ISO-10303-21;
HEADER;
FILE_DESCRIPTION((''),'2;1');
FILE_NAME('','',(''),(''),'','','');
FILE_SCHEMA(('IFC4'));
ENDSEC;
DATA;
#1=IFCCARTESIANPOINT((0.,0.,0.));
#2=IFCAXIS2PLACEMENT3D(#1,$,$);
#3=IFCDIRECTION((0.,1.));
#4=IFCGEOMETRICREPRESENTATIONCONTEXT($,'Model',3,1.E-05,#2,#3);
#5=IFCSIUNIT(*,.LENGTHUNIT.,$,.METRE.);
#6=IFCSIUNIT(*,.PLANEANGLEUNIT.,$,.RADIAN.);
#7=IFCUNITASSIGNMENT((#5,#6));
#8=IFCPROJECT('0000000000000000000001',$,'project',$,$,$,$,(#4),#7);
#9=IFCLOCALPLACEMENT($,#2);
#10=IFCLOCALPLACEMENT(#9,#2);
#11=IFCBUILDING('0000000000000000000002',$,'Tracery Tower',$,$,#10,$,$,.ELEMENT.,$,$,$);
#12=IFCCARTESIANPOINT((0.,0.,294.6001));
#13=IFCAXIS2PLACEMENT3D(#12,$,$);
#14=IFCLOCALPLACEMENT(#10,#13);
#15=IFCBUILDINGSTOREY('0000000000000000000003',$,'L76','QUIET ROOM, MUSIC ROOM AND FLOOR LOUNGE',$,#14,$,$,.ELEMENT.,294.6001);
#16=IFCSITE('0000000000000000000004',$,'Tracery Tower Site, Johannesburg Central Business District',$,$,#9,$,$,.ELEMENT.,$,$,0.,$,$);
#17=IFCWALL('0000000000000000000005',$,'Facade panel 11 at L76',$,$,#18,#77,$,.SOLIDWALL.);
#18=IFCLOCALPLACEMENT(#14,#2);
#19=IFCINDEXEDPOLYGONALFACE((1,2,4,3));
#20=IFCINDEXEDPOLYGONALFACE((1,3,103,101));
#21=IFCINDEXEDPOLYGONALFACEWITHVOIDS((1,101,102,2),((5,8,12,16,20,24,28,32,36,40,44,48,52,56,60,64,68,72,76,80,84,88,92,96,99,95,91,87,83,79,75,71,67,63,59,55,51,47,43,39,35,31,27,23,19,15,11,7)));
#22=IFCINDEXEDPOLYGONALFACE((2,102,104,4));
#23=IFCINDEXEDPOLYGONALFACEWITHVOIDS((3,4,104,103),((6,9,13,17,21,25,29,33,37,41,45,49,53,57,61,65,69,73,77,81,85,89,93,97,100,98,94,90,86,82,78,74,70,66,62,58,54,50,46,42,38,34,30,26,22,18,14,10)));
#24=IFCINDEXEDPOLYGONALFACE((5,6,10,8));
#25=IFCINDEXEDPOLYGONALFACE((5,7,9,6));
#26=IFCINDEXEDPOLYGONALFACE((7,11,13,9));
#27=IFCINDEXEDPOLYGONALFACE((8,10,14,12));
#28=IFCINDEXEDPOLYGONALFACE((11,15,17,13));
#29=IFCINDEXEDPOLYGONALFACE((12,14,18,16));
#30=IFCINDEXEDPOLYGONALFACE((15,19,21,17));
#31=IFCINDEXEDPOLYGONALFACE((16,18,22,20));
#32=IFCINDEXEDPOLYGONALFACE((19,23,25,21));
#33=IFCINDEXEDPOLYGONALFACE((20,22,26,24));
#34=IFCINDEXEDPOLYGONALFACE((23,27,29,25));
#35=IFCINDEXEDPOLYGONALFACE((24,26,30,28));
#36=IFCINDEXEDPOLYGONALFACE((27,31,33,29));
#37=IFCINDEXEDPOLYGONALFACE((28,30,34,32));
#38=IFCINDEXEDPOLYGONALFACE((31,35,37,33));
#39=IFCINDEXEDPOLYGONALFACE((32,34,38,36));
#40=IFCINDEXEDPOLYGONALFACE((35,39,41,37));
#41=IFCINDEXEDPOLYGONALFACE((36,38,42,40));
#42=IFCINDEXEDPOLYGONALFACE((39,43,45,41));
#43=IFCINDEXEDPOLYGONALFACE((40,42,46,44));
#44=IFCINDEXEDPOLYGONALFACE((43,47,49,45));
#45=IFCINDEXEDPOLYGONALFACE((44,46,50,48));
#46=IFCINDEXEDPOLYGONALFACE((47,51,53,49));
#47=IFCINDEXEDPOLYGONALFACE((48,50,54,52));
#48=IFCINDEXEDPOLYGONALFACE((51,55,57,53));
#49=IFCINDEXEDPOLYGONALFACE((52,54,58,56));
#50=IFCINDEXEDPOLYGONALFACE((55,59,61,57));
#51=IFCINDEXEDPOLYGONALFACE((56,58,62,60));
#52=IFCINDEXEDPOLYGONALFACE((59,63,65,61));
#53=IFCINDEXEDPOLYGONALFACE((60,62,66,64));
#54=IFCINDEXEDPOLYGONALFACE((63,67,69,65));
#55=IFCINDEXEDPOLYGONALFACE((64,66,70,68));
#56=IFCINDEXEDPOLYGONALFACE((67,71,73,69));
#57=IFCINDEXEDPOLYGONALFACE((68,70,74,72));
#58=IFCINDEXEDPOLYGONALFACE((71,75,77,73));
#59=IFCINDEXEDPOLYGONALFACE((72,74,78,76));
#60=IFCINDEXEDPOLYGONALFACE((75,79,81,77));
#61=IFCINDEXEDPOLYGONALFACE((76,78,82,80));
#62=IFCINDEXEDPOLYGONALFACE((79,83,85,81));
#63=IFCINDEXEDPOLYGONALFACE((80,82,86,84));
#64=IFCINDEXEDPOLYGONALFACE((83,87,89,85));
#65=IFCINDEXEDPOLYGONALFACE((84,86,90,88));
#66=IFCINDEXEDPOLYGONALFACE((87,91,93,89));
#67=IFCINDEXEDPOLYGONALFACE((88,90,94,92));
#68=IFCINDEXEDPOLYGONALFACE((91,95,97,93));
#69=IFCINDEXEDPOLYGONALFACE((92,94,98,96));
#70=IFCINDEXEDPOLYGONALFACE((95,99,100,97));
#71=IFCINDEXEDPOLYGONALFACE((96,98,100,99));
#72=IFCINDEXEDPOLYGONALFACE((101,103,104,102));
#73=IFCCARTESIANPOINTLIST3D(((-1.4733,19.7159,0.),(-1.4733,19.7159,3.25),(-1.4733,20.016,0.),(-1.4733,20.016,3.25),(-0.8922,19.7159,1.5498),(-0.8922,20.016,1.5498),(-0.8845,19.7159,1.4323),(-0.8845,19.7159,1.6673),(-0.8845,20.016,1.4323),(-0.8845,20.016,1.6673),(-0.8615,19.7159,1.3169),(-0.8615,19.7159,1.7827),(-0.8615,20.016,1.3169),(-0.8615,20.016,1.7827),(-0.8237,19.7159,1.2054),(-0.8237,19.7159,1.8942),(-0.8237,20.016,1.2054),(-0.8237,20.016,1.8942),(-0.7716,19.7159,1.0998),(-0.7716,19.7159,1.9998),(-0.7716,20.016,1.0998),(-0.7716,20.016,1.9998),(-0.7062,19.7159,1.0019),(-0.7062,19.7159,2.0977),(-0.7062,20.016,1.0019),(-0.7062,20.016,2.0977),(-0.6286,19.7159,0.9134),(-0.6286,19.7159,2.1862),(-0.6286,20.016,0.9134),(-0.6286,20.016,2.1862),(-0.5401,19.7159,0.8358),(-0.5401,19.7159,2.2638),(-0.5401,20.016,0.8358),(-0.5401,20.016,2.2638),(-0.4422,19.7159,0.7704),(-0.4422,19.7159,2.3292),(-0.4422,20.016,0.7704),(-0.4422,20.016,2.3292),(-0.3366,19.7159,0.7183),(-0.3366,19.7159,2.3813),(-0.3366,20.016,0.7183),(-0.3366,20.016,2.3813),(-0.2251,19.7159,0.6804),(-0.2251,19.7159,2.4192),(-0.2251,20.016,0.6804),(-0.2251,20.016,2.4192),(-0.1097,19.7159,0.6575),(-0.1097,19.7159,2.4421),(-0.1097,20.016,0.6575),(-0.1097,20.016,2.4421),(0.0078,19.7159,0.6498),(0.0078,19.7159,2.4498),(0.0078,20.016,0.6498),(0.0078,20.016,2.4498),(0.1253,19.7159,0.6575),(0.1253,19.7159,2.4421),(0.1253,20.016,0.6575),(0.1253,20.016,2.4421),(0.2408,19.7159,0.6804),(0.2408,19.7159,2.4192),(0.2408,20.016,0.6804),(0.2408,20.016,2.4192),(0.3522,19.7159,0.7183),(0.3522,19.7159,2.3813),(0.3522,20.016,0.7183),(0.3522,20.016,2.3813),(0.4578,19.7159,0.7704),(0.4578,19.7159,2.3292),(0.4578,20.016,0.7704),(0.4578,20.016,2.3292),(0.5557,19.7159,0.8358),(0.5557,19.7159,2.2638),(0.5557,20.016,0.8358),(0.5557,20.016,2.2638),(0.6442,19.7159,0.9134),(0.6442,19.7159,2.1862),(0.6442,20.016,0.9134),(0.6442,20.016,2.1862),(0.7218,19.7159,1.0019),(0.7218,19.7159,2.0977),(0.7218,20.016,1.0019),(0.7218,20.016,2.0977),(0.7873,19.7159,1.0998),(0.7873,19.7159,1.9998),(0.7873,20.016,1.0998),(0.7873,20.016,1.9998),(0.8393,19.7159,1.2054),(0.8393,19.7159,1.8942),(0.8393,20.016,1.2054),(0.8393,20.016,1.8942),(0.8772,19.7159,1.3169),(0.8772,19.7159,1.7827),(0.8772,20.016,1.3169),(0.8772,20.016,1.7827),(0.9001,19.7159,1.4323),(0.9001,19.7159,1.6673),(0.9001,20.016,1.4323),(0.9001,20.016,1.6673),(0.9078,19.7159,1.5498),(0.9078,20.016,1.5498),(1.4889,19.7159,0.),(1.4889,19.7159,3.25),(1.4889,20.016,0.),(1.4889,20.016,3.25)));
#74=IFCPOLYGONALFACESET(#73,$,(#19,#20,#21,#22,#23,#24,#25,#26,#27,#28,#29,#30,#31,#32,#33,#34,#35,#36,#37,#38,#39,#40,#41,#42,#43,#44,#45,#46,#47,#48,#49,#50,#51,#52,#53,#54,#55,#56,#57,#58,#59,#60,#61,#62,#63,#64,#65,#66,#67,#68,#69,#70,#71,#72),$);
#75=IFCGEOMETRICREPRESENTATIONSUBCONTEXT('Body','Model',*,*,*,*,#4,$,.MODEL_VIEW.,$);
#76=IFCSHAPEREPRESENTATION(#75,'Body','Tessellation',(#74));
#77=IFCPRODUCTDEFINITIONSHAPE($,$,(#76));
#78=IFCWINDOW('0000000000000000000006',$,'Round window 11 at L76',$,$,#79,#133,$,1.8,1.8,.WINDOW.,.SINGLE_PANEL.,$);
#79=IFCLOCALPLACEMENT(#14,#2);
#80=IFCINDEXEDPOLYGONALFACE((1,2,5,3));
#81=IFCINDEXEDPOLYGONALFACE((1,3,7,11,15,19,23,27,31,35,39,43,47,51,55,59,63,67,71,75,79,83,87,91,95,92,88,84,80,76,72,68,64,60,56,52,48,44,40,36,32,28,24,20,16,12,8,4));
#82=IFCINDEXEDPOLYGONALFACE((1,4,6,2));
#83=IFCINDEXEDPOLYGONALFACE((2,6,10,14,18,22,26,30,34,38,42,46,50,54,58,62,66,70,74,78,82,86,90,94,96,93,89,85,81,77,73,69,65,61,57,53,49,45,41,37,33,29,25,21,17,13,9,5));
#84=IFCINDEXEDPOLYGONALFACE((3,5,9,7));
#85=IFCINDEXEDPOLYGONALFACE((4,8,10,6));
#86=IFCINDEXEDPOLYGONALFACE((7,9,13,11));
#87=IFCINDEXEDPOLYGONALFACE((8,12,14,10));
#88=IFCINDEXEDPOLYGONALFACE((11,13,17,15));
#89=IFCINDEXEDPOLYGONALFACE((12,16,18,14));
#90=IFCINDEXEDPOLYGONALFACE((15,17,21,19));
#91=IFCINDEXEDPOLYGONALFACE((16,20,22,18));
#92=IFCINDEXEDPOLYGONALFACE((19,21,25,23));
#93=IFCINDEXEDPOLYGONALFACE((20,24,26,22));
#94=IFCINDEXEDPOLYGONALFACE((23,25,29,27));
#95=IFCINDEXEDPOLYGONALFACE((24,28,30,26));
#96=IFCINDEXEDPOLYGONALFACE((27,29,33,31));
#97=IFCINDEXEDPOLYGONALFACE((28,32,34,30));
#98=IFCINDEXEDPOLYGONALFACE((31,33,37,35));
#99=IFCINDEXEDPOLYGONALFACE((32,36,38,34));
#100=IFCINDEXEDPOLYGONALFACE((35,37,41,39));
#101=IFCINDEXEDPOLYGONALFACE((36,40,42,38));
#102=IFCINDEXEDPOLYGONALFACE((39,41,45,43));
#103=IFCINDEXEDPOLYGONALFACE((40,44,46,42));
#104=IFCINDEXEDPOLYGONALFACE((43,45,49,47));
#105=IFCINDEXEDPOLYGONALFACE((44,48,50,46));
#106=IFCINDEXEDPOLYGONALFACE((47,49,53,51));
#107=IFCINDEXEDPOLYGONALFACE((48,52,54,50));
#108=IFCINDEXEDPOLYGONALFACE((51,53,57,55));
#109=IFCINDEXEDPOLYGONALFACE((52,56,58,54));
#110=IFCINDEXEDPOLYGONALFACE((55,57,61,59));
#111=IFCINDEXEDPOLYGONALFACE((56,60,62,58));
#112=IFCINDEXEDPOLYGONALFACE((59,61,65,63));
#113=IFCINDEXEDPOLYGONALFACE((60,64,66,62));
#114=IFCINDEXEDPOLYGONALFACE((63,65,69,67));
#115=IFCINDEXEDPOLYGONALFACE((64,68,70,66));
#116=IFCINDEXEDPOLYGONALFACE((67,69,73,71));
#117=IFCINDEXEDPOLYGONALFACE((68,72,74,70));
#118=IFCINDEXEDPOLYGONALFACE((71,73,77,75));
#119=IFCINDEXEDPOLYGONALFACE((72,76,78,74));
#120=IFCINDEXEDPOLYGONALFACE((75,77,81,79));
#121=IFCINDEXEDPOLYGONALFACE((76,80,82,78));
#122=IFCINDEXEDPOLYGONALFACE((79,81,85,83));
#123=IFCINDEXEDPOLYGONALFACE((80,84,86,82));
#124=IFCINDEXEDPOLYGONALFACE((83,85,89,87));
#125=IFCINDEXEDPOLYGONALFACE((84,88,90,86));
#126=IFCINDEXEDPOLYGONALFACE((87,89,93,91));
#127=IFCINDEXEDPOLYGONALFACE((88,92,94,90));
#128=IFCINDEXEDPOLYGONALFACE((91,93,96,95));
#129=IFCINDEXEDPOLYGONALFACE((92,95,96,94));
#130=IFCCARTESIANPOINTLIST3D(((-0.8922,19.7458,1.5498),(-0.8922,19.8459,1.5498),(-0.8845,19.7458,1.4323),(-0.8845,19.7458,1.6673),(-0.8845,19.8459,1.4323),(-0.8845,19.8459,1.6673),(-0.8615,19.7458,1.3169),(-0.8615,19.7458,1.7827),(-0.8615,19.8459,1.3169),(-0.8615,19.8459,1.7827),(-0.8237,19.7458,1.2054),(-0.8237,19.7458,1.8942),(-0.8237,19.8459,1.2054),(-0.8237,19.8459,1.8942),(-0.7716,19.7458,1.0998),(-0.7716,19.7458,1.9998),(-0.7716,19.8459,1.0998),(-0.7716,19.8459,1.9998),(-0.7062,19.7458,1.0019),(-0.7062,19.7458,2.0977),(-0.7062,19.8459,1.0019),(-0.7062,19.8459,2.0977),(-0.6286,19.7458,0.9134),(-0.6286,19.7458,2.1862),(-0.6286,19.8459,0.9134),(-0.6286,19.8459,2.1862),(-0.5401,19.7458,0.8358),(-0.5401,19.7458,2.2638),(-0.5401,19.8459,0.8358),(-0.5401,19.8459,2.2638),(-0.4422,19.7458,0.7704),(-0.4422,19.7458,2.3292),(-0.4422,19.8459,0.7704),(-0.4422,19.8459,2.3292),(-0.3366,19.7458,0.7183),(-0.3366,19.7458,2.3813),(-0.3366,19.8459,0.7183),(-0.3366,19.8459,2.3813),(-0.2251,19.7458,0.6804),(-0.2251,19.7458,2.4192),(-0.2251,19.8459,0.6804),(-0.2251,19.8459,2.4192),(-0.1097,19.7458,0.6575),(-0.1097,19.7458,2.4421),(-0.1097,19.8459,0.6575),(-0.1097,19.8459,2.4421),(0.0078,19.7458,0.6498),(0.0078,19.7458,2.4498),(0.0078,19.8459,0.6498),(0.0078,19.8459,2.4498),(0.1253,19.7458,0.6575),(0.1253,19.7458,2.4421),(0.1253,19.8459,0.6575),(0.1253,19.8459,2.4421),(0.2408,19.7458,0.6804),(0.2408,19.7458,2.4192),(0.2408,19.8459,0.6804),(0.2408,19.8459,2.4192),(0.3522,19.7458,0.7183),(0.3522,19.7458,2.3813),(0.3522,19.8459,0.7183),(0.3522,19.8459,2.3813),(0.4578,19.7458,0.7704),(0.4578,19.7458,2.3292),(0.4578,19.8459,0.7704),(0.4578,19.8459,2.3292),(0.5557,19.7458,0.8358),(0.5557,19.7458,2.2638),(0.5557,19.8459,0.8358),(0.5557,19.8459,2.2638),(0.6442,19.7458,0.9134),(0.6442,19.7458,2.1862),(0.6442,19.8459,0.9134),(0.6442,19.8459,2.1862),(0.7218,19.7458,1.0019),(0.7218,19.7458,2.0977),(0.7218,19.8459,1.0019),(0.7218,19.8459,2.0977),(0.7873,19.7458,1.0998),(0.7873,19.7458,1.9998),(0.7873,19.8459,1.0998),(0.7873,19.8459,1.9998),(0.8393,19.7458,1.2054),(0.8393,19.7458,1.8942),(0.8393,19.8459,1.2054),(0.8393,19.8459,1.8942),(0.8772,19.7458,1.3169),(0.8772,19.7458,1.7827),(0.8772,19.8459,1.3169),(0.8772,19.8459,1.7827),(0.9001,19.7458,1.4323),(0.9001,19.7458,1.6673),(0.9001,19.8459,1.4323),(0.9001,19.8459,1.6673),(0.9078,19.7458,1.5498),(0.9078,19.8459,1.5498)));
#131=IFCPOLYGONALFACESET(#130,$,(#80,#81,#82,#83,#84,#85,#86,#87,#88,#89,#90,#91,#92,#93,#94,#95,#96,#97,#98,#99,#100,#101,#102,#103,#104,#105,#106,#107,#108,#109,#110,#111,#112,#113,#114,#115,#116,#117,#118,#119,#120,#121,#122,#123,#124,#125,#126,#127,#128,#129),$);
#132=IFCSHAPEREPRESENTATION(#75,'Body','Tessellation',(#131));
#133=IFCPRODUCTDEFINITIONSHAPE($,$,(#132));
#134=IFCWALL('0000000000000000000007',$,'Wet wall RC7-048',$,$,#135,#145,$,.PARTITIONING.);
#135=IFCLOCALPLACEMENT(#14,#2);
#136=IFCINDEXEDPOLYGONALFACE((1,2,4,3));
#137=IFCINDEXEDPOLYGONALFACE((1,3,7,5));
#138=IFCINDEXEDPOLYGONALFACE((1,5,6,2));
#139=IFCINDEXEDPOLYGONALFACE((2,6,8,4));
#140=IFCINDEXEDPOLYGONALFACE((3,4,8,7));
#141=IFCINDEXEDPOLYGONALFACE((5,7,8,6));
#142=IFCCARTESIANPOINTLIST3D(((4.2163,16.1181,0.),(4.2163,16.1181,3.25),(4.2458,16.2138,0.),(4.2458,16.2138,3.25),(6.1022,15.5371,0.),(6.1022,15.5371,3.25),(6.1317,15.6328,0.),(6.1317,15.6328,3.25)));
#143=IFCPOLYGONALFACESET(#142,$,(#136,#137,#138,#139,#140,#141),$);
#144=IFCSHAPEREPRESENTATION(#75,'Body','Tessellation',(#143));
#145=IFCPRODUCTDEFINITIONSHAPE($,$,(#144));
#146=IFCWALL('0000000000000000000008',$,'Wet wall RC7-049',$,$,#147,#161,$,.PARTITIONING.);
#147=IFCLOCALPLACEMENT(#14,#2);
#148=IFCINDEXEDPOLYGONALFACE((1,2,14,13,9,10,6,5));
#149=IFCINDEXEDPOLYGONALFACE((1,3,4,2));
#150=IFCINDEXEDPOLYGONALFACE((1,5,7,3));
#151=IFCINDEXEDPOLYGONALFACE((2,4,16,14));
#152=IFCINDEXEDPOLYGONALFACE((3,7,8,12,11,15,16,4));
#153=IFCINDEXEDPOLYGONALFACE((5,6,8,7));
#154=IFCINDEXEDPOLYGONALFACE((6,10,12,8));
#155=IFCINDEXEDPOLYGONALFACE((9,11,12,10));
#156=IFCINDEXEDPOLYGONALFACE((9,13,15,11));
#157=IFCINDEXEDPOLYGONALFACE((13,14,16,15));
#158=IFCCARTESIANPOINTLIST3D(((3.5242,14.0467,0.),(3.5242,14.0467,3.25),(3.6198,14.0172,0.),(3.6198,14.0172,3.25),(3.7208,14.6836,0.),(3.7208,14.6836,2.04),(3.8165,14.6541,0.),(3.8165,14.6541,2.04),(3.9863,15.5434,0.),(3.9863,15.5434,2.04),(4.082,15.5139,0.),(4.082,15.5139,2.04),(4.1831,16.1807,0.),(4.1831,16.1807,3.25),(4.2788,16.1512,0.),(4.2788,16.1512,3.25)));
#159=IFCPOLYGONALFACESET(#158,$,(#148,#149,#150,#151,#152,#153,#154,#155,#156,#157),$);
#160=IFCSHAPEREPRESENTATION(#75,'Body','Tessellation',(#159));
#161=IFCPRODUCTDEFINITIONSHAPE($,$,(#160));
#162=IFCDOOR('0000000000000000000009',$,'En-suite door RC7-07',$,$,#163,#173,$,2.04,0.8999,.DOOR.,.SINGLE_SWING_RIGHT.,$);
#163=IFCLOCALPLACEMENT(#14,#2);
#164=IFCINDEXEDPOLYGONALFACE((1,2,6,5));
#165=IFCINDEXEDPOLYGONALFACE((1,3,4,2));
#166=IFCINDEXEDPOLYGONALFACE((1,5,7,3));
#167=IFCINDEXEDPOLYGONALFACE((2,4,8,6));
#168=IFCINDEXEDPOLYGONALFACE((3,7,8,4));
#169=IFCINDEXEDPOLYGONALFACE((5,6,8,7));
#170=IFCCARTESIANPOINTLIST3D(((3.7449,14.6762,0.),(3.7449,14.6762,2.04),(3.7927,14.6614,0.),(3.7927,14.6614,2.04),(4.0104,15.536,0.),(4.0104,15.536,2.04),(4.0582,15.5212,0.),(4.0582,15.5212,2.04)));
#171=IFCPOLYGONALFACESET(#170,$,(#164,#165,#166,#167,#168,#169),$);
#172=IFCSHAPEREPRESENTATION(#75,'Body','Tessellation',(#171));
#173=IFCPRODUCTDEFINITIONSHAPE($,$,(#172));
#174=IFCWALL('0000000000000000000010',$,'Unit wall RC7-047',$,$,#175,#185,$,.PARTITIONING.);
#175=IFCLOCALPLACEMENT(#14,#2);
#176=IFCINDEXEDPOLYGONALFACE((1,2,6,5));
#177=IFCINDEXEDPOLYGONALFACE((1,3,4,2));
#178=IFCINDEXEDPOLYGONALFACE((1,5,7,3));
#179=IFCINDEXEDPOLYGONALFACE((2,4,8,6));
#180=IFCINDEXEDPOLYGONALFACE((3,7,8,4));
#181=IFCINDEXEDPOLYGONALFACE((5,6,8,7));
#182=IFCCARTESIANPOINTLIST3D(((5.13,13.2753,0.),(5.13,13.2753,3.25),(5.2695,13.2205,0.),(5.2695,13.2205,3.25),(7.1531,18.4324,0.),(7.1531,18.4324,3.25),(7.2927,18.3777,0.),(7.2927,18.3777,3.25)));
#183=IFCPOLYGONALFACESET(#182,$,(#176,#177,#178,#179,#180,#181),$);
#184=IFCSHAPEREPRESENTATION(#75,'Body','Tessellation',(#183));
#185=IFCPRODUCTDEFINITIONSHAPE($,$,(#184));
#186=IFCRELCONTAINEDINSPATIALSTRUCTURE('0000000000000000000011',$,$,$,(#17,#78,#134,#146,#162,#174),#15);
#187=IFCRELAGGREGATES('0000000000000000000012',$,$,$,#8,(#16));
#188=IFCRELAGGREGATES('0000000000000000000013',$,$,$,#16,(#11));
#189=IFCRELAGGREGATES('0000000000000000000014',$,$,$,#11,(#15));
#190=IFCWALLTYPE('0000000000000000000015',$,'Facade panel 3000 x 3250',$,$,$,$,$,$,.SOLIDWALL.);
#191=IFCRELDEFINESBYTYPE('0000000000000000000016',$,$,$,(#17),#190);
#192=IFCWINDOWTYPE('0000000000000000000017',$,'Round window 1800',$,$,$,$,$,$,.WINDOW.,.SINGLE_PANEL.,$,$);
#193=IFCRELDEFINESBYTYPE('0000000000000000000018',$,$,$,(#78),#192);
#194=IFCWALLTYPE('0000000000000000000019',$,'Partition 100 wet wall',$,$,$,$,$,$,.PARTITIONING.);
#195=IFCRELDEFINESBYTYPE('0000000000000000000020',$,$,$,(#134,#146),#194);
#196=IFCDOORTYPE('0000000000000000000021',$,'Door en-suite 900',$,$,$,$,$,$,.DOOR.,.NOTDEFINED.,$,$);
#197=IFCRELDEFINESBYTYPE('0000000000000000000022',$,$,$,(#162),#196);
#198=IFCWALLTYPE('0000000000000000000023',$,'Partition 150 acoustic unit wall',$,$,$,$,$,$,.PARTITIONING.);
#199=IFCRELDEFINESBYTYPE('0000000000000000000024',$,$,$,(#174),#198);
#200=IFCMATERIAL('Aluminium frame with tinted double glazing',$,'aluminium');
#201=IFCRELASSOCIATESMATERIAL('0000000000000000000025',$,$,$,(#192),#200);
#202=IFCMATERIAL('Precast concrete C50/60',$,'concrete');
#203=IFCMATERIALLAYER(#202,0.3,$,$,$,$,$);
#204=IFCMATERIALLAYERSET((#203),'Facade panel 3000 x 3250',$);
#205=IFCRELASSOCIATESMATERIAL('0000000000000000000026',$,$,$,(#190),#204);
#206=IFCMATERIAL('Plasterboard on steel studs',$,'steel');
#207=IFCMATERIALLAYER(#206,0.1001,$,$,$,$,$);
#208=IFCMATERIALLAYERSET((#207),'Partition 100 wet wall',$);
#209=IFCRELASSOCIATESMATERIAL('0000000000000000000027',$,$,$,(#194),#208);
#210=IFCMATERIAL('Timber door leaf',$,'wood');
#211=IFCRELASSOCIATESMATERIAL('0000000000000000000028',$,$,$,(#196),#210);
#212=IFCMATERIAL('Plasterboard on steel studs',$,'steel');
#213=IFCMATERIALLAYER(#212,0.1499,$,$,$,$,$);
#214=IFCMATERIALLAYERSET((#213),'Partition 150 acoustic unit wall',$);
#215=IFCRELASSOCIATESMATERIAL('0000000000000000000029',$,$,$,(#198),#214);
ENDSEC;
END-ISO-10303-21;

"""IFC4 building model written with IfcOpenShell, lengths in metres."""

from ifc_helpers import new_model, si_unit, direction, frame, frame_2d, origin, origin_2d, place, context, subcontext, project, spatial, rectangle, circle, extrude, material, layer, layer_set, type_object, element, fill, save


model = new_model("IFC4")

# Units and contexts
model_context = context("Model", 3, precision=1e-05, world=origin(), true_north=direction((0.0, 1.0)))
body_context = subcontext(model_context, "Body", "Model", "MODEL_VIEW")
ifc_project = project(units=[si_unit("LENGTHUNIT", "METRE"), si_unit("PLANEANGLEUNIT", "RADIAN")], contexts=[model_context])

# Site, building, storey
site_placement = place(None, origin())
site = spatial("IfcSite", under=ifc_project, at=site_placement, Name="Tracery Tower Site, Johannesburg Central Business District", CompositionType="ELEMENT", RefElevation=0.0)
building_placement = place(site_placement, origin())
building = spatial("IfcBuilding", under=site, at=building_placement, Name="Tracery Tower", CompositionType="ELEMENT")
storey_placement = place(building_placement, frame((0.0, 0.0, 294.6001)))
storey = spatial("IfcBuildingStorey", under=building, at=storey_placement, Name="L76", Description="QUIET ROOM, MUSIC ROOM AND FLOOR LOUNGE", CompositionType="ELEMENT", Elevation=294.6001)

# Wall, opening, window
ifc_material_1 = material(Name="Aluminium frame with tinted double glazing", Category="aluminium")
window_type = type_object("IfcWindowType", Name="Round window 1800", PartitioningType="SINGLE_PANEL", PredefinedType="WINDOW", material=ifc_material_1)
ifc_material_2 = material(Name="Precast concrete C50/60", Category="concrete")
ifc_layer_1 = layer(ifc_material_2, 0.3)
ifc_layer_set_1 = layer_set([ifc_layer_1], Name="Facade panel 3000 x 3250")
wall_type_1 = type_object("IfcWallType", Name="Facade panel 3000 x 3250", PredefinedType="SOLIDWALL", material=ifc_layer_set_1)
wall_1_placement = place(storey_placement, frame((1.4888, 19.866, 0.0), z_axis=(0.0, 0.0, 1.0), x_axis=(-1.0, 0.0, 0.0)))
wall_1 = element("IfcWall", 1, at=wall_1_placement, inside=storey, type_object=wall_type_1, Name="Facade panel 11 at L76", PredefinedType="SOLIDWALL", context=body_context, shape_type="SweptSolid", body=[
    extrude(rectangle(XDim=2.9622, YDim=0.3, at=frame_2d((1.481, 0.0))), origin(), (0.0, 0.0, 1.0), 3.25),
])
opening_1_placement = place(wall_1_placement, frame((1.481, 0.0, 1.5498)))
opening_1 = element("IfcOpeningElement", 2, at=opening_1_placement, cuts=wall_1, PredefinedType="OPENING", context=body_context, shape_type="SweptSolid", body=[
    extrude(circle(Radius=0.9, at=origin_2d()), frame((0.0, 0.1599, 0.0), z_axis=(0.0, -1.0, 0.0), x_axis=(1.0, 0.0, 0.0)), (0.0, 0.0, 1.0), 0.3201),
])
window_1_placement = place(opening_1_placement, origin())
window_1 = element("IfcWindow", 3, at=window_1_placement, inside=storey, type_object=window_type, Name="Round window 11 at L76", OverallHeight=1.8, OverallWidth=1.8, PartitioningType="SINGLE_PANEL", PredefinedType="WINDOW", context=body_context, shape_type="SweptSolid", body=[
    extrude(circle(Radius=0.9, at=origin_2d()), frame((0.0, 0.1201, 0.0), z_axis=(0.0, -1.0, 0.0), x_axis=(1.0, 0.0, 0.0)), (0.0, 0.0, 1.0), 0.1001),
])
fill(opening_1, window_1)

# Wall
ifc_material_3 = material(Name="Plasterboard on steel studs", Category="steel")
ifc_layer_2 = layer(ifc_material_3, 0.1001)
ifc_layer_set_2 = layer_set([ifc_layer_2], Name="Partition 100 wet wall")
wall_type_2 = type_object("IfcWallType", Name="Partition 100 wet wall", PredefinedType="PARTITIONING", material=ifc_layer_set_2)
wall_2_placement = place(storey_placement, frame((4.231, 16.166, 0.0), z_axis=(0.0, 0.0, 1.0), x_axis=(0.955672, -0.294434, 0.0)))
element("IfcWall", 4, at=wall_2_placement, inside=storey, type_object=wall_type_2, Name="Wet wall RC7-048", PredefinedType="PARTITIONING", context=body_context, shape_type="SweptSolid", body=[
    extrude(rectangle(XDim=1.9734, YDim=0.1001, at=frame_2d((0.9868, 0.0))), origin(), (0.0, 0.0, 1.0), 3.25),
])

# Wall, opening, door
wall_3_placement = place(storey_placement, frame((3.572, 14.032, 0.0), z_axis=(0.0, 0.0, 1.0), x_axis=(0.295031, 0.955488, 0.0)))
wall_3 = element("IfcWall", 5, at=wall_3_placement, inside=storey, type_object=wall_type_2, Name="Wet wall RC7-049", PredefinedType="PARTITIONING", context=body_context, shape_type="SweptSolid", body=[
    extrude(rectangle(XDim=2.2334, YDim=0.1001, at=frame_2d((1.1167, 0.0))), origin(), (0.0, 0.0, 1.0), 3.25),
])
opening_2_placement = place(wall_3_placement, frame((0.6665, 0.0, 0.0)))
opening_2 = element("IfcOpeningElement", 6, at=opening_2_placement, cuts=wall_3, PredefinedType="OPENING", context=body_context, shape_type="SweptSolid", body=[
    extrude(rectangle(XDim=0.8999, YDim=2.04, at=frame_2d((0.45, 1.02))), frame((0.0, 0.05, 0.0), z_axis=(0.0, -1.0, 0.0), x_axis=(1.0, 0.0, 0.0)), (0.0, 0.0, 1.0), 0.1001),
])
ifc_material_4 = material(Name="Timber door leaf", Category="wood")
door_type_1 = type_object("IfcDoorType", Name="Door en-suite 900", OperationType="NOTDEFINED", PredefinedType="DOOR", material=ifc_material_4)
door_1_placement = place(opening_2_placement, origin())
door_1 = element("IfcDoor", 7, at=door_1_placement, inside=storey, type_object=door_type_1, Name="En-suite door RC7-07", OperationType="SINGLE_SWING_RIGHT", OverallHeight=2.04, OverallWidth=0.8999, PredefinedType="DOOR", context=body_context, shape_type="SweptSolid", body=[
    extrude(rectangle(XDim=0.8999, YDim=2.04, at=frame_2d((0.45, 1.02))), frame((0.0, 0.0249, 0.0), z_axis=(0.0, -1.0, 0.0), x_axis=(1.0, 0.0, 0.0)), (0.0, 0.0, 1.0), 0.05),
])
fill(opening_2, door_1)

# Wall
ifc_material_5 = material(Name="Plasterboard on steel studs", Category="steel")
ifc_layer_3 = layer(ifc_material_5, 0.1499)
ifc_layer_set_3 = layer_set([ifc_layer_3], Name="Partition 150 acoustic unit wall")
wall_type_3 = type_object("IfcWallType", Name="Partition 150 acoustic unit wall", PredefinedType="PARTITIONING", material=ifc_layer_set_3)
wall_4_placement = place(storey_placement, frame((5.1997, 13.2478, 0.0), z_axis=(0.0, 0.0, 1.0), x_axis=(0.365205, 0.930927, 0.0)))
element("IfcWall", 8, at=wall_4_placement, inside=storey, type_object=wall_type_3, Name="Unit wall RC7-047", PredefinedType="PARTITIONING", context=body_context, shape_type="SweptSolid", body=[
    extrude(rectangle(XDim=5.5398, YDim=0.1499, at=frame_2d((2.77, 0.0))), origin(), (0.0, 0.0, 1.0), 3.25),
])

save(model, "model.ifc")
